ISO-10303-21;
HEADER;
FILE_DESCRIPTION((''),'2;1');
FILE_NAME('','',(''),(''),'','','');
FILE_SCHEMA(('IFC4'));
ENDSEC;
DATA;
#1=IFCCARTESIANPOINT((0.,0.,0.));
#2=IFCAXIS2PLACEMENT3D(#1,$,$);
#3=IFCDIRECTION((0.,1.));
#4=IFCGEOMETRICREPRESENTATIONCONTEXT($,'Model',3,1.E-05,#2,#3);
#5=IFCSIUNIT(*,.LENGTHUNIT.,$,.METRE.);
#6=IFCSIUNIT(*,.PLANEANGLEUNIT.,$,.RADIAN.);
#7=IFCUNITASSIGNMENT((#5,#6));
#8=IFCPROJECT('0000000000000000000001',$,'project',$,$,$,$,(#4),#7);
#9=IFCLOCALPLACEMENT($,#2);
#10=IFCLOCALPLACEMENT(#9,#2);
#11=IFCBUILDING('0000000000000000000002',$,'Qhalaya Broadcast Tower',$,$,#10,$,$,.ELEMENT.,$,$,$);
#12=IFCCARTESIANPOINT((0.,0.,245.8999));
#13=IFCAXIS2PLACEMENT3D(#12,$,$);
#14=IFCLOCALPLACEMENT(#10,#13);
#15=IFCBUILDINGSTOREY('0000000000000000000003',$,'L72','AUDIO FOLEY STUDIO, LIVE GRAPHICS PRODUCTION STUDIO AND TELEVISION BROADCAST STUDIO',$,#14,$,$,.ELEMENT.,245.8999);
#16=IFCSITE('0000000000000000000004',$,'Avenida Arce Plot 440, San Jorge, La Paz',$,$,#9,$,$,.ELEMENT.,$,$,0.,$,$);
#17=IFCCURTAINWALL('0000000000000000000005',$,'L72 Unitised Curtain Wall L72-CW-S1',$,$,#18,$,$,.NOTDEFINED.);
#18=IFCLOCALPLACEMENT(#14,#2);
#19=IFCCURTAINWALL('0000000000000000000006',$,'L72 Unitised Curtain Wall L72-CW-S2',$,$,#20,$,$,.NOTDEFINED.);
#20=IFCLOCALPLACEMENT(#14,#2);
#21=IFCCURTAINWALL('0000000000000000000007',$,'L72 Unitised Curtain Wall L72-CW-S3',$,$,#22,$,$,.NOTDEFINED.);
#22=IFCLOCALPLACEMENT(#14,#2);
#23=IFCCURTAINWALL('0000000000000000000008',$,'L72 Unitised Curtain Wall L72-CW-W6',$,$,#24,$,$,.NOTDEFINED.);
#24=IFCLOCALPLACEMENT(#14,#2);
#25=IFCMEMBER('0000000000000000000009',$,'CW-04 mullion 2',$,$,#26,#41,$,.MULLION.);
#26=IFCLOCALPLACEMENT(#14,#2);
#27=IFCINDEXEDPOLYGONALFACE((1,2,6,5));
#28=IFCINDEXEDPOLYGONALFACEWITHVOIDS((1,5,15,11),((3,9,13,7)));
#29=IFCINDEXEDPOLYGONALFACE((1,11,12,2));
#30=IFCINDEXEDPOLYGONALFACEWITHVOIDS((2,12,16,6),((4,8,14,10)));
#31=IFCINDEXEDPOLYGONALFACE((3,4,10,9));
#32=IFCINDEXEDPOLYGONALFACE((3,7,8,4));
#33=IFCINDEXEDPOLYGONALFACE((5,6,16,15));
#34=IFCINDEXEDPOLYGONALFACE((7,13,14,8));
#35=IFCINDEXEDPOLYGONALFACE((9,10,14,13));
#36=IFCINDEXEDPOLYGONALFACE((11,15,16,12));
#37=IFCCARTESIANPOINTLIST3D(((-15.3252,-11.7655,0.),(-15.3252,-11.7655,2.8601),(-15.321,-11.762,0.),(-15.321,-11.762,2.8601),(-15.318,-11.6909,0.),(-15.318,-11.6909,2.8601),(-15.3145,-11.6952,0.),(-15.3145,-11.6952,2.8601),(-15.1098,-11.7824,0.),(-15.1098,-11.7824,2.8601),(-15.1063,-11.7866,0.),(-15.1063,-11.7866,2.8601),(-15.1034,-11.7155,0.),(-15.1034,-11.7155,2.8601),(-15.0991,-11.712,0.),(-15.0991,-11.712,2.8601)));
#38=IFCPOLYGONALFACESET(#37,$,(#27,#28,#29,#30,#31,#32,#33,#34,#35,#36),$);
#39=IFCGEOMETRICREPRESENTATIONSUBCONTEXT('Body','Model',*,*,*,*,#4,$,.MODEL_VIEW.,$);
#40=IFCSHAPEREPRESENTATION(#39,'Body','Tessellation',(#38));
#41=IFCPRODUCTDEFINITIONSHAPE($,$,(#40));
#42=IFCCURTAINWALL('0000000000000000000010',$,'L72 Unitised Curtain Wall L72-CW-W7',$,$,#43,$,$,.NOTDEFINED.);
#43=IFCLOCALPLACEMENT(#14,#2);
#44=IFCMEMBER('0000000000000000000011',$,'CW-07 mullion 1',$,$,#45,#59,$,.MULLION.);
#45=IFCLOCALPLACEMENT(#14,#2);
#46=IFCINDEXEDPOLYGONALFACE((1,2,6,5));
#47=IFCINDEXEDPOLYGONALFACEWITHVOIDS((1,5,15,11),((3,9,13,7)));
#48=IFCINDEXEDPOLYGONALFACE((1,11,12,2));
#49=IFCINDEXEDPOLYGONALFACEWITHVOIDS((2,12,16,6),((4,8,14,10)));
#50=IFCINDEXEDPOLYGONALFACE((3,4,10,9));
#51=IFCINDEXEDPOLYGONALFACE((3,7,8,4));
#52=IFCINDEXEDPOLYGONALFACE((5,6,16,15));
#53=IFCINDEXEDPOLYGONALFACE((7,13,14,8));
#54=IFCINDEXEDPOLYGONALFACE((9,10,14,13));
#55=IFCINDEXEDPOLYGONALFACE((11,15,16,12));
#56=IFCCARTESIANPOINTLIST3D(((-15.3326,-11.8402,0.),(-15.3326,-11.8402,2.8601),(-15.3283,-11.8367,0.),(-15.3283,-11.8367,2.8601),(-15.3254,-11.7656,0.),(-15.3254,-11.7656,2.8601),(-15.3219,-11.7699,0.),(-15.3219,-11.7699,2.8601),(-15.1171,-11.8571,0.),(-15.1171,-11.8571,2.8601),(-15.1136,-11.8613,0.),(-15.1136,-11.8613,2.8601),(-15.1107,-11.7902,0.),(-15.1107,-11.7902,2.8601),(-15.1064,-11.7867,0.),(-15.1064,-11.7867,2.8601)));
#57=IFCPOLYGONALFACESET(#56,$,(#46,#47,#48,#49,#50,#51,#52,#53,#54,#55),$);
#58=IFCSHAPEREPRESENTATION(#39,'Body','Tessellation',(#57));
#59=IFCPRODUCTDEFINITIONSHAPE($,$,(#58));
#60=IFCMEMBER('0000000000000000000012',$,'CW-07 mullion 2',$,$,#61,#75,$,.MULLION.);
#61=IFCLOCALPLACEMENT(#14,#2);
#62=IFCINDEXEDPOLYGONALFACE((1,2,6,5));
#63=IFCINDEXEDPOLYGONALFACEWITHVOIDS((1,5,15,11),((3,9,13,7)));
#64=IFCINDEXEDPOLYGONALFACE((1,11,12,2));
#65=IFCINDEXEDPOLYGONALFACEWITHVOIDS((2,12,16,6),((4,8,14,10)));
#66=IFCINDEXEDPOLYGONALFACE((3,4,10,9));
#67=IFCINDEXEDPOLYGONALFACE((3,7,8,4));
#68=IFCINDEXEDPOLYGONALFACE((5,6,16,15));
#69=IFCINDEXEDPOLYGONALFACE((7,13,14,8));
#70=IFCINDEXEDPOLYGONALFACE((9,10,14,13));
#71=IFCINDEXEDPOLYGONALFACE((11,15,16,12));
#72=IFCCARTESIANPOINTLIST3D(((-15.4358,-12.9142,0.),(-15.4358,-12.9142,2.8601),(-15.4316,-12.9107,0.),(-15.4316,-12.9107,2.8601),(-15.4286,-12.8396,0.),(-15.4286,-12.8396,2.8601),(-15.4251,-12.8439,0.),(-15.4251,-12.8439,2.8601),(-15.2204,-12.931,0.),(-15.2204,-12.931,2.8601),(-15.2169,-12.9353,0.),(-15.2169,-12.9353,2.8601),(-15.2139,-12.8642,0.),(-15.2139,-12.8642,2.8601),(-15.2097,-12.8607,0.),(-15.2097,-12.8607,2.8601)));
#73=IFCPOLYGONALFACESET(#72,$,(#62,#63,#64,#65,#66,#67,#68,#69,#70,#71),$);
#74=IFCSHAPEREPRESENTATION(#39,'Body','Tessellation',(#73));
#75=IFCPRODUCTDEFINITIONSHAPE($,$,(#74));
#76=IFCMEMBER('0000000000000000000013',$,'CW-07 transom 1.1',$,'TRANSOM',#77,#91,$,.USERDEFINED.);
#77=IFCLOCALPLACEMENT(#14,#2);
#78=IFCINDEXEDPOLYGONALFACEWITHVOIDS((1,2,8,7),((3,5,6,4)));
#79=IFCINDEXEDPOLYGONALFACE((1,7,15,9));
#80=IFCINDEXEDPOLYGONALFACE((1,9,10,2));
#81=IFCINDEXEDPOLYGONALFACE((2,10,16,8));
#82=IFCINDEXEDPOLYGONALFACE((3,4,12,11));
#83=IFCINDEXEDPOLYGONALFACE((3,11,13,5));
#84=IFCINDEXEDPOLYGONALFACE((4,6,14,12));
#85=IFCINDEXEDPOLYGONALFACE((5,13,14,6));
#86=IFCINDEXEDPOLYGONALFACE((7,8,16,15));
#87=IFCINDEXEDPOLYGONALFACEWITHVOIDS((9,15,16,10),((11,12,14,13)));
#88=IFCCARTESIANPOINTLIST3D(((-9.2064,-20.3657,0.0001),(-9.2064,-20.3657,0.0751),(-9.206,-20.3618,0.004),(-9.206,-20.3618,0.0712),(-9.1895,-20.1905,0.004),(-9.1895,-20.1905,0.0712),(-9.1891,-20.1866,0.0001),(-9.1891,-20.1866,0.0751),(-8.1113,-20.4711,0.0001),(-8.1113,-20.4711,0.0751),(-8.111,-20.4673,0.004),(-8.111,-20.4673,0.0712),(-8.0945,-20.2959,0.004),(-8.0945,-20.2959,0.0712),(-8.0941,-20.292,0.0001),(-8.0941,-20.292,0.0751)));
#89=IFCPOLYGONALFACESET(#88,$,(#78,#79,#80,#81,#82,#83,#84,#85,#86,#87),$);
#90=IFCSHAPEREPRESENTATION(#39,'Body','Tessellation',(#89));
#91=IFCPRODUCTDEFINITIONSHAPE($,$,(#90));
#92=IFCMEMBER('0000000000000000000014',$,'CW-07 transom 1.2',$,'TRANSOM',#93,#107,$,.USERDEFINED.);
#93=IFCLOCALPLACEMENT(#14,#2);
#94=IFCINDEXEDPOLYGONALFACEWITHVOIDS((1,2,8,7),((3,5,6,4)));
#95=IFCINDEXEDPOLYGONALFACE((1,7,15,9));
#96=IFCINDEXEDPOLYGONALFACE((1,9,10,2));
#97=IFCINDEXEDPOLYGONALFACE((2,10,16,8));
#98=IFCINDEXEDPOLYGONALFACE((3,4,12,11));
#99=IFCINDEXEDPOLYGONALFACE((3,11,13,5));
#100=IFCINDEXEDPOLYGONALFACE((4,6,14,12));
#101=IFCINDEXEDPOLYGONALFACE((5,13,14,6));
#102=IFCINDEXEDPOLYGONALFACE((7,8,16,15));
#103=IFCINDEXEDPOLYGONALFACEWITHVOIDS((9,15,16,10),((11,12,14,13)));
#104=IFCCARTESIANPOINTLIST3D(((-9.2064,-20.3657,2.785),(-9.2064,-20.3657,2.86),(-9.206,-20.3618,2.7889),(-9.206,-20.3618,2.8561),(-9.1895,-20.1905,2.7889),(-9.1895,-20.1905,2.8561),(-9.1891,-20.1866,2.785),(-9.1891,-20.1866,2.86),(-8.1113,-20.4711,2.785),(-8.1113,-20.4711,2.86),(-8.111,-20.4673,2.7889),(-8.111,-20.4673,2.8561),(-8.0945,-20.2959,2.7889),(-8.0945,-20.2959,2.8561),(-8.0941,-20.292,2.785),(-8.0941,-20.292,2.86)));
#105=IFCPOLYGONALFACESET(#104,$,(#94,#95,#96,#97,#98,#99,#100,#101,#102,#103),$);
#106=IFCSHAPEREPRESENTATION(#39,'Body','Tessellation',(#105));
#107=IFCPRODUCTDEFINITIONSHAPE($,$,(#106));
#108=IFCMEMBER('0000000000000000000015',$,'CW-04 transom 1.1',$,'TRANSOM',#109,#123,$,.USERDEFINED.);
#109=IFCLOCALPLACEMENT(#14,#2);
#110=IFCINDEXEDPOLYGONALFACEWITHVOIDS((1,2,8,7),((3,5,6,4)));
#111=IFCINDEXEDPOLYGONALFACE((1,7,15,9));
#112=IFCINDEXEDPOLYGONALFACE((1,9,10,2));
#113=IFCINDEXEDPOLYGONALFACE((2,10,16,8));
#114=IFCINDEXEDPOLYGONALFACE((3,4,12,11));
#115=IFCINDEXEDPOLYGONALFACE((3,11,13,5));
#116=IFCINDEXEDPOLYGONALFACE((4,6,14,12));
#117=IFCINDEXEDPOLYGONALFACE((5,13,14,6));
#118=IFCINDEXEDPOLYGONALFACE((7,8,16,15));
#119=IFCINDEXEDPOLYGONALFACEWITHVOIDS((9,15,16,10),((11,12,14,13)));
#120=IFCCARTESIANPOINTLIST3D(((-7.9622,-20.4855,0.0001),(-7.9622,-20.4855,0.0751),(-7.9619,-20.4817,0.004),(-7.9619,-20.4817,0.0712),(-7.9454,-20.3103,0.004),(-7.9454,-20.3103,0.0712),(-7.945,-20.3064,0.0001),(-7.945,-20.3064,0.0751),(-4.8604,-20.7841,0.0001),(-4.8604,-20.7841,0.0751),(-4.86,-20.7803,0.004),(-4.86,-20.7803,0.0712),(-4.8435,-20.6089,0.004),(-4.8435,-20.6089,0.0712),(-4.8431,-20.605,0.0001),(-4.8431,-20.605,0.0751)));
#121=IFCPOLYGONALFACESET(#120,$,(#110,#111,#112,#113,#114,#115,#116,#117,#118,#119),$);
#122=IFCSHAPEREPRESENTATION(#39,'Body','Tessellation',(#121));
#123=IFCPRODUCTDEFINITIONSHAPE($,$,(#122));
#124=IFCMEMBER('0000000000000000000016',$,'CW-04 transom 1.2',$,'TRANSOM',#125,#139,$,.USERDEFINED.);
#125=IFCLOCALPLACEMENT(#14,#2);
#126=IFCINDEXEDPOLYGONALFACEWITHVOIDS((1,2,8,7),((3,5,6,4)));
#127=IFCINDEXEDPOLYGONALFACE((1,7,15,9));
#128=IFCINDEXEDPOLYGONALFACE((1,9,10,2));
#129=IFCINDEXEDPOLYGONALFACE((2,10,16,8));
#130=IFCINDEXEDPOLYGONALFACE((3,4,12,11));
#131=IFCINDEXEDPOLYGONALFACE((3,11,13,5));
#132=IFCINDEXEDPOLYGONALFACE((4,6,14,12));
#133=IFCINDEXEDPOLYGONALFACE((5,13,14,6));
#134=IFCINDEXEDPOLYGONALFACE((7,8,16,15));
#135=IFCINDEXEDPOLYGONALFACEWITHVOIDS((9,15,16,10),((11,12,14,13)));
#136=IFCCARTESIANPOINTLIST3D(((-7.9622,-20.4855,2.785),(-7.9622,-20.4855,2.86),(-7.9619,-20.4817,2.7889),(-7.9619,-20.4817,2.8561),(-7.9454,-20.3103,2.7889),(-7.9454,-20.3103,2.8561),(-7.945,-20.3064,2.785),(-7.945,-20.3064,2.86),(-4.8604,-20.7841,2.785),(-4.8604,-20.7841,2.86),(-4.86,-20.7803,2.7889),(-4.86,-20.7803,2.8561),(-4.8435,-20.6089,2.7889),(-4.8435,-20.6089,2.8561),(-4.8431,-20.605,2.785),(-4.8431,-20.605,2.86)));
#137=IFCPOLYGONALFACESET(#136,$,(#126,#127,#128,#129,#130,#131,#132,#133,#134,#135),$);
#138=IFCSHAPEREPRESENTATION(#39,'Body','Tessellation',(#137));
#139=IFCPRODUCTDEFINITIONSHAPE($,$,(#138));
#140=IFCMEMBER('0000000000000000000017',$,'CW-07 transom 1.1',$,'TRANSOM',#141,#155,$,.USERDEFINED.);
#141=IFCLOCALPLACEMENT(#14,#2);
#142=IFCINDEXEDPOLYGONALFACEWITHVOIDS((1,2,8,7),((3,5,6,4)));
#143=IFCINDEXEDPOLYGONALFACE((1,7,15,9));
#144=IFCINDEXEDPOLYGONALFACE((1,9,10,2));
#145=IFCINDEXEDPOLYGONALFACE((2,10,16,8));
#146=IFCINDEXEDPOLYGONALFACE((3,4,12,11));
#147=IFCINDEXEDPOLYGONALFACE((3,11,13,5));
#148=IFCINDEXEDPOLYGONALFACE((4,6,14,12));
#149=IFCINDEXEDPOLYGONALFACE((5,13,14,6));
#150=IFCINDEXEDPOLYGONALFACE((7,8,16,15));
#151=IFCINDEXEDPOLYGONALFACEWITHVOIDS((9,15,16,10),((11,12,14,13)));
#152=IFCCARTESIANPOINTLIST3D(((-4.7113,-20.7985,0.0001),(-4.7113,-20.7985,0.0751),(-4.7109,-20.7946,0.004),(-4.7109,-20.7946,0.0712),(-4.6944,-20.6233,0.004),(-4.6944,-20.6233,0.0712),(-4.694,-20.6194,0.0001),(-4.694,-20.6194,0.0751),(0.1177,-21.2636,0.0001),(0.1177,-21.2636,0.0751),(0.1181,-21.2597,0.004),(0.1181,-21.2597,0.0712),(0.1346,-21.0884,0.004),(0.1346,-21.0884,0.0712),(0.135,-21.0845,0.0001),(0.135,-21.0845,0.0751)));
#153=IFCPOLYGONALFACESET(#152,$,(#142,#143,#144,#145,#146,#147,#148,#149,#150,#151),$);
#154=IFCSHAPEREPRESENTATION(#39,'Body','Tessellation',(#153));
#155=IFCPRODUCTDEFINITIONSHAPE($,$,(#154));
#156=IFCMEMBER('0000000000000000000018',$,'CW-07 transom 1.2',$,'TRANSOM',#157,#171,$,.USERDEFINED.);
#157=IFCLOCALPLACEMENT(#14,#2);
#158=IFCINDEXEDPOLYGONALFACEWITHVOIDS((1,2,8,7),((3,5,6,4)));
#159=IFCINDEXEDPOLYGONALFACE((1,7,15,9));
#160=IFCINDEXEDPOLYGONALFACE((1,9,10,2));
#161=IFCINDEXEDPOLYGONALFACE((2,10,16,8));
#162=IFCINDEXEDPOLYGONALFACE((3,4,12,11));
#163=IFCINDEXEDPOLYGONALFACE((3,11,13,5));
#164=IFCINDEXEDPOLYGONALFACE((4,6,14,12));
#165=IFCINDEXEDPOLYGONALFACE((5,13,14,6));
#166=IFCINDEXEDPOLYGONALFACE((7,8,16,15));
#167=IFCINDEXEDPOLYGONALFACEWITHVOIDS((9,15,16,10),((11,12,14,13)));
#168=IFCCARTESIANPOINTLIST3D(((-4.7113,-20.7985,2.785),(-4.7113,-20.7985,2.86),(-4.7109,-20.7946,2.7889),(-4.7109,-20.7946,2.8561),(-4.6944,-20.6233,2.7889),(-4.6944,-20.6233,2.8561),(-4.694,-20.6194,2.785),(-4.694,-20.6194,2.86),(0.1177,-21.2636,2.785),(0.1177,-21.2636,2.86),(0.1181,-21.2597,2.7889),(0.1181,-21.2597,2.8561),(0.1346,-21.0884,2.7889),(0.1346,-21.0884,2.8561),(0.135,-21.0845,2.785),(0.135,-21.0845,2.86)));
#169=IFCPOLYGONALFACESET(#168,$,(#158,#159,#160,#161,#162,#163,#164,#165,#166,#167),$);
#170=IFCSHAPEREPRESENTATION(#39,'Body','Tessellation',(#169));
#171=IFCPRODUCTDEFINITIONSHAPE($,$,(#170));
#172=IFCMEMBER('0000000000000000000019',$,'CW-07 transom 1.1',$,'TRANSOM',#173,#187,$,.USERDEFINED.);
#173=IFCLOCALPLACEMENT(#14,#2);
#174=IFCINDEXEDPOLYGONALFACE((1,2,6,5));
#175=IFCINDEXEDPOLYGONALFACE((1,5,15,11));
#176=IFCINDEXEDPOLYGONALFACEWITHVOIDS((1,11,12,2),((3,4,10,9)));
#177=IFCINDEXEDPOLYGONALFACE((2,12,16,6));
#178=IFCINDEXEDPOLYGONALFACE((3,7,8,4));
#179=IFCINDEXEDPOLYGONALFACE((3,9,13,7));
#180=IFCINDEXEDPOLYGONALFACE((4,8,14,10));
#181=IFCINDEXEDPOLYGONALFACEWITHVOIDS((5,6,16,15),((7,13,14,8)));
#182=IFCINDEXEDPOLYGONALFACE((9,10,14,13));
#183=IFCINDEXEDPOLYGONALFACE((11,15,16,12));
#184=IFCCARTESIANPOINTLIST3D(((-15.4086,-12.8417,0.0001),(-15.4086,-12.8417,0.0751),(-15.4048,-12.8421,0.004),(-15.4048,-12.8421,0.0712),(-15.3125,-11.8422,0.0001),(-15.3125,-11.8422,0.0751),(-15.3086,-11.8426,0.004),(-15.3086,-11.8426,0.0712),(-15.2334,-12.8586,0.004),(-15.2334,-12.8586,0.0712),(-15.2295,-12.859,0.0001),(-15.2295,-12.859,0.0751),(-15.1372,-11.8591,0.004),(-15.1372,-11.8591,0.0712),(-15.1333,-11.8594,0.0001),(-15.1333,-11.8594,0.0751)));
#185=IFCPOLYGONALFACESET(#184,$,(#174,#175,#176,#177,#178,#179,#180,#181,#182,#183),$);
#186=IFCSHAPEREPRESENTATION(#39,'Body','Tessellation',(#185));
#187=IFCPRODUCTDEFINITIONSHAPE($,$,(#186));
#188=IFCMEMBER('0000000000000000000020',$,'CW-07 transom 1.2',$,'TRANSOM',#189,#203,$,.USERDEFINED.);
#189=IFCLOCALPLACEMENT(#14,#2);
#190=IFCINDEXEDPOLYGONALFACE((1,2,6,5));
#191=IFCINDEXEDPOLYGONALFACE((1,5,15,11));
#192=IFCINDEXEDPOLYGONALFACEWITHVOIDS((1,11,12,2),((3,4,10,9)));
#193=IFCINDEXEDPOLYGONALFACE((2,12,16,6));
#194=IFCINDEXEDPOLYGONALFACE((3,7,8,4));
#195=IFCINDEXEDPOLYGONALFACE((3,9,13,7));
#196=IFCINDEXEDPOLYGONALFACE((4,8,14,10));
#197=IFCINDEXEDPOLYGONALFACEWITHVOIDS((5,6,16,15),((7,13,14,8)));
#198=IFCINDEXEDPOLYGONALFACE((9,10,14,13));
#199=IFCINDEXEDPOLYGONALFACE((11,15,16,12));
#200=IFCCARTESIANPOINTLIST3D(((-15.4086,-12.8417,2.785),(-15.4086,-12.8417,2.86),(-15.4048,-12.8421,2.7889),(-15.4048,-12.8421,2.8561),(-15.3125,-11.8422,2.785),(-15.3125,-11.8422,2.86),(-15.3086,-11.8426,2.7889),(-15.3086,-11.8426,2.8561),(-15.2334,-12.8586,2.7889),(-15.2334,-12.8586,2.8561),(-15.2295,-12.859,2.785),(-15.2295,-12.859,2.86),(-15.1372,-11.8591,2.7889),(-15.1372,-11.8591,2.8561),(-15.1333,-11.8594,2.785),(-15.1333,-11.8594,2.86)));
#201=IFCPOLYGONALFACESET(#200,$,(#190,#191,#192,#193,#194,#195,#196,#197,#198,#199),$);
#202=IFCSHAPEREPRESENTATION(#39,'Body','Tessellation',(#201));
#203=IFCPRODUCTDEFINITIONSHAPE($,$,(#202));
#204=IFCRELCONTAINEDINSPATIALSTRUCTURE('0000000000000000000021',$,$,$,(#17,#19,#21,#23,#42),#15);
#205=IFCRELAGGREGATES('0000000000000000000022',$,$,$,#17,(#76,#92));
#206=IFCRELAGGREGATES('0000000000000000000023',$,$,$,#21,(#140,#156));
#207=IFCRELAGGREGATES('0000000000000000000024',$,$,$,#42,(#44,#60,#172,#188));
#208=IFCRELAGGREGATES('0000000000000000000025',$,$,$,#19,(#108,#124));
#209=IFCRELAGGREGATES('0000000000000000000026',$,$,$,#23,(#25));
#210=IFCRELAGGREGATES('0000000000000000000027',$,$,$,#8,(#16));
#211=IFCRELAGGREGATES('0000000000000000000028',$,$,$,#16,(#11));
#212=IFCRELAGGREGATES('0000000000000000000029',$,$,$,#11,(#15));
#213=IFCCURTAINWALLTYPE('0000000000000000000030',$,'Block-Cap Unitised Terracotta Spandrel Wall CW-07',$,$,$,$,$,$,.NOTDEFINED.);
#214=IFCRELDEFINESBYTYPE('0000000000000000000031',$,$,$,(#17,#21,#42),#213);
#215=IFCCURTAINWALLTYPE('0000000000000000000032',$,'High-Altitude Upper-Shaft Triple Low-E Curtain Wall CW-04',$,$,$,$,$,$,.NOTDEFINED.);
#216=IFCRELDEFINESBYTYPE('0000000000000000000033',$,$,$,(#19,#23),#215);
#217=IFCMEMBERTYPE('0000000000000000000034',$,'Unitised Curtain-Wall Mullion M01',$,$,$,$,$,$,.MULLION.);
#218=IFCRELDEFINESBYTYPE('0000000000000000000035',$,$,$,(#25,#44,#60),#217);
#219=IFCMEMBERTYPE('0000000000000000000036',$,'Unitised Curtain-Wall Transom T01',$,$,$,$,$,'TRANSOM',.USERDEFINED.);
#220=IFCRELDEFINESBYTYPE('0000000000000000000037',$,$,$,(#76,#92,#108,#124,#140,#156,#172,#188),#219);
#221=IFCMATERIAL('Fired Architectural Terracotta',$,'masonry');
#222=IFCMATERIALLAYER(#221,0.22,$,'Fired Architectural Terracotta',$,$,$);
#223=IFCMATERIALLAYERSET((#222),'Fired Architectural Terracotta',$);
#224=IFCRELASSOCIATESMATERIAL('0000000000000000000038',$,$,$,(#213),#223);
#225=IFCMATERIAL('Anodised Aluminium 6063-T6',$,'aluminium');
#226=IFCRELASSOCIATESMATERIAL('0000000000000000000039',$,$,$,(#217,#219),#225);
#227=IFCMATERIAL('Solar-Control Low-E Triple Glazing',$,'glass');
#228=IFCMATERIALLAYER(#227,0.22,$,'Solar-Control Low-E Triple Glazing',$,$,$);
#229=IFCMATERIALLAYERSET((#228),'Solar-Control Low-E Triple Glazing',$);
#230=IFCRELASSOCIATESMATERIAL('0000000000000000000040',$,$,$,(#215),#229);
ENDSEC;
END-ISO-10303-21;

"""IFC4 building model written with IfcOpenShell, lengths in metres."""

from ifc_helpers import new_model, si_unit, direction, frame, origin, origin_2d, place, context, subcontext, project, spatial, hollow_rectangle, extrude, material, layer, layer_set, material_profile, profile_set, type_object, element, aggregate, save


model = new_model("IFC4")

# Units and contexts
model_context = context("Model", 3, precision=1e-05, world=origin(), true_north=direction((0.0, 1.0)))
body_context = subcontext(model_context, "Body", "Model", "MODEL_VIEW")
ifc_project = project(units=[si_unit("LENGTHUNIT", "METRE"), si_unit("PLANEANGLEUNIT", "RADIAN")], contexts=[model_context])

# Site, building, storey
site_placement = place(None, origin())
site = spatial("IfcSite", under=ifc_project, at=site_placement, Name="Avenida Arce Plot 440, San Jorge, La Paz", CompositionType="ELEMENT", RefElevation=0.0)
building_placement = place(site_placement, origin())
building = spatial("IfcBuilding", under=site, at=building_placement, Name="Qhalaya Broadcast Tower", CompositionType="ELEMENT")
storey_placement = place(building_placement, frame((0.0, 0.0, 245.8999)))
storey = spatial("IfcBuildingStorey", under=building, at=storey_placement, Name="L72", Description="AUDIO FOLEY STUDIO, LIVE GRAPHICS PRODUCTION STUDIO AND TELEVISION BROADCAST STUDIO", CompositionType="ELEMENT", Elevation=245.8999)

# Curtain walls
ifc_material_1 = material(Name="Fired Architectural Terracotta", Category="masonry")
ifc_layer_1 = layer(ifc_material_1, 0.22, Name="Fired Architectural Terracotta")
ifc_layer_set_1 = layer_set([ifc_layer_1], Name="Fired Architectural Terracotta")
curtain_wall_type_1 = type_object("IfcCurtainWallType", Name="Block-Cap Unitised Terracotta Spandrel Wall CW-07", PredefinedType="NOTDEFINED", material=ifc_layer_set_1)
curtain_wall_1_placement = place(storey_placement, origin())
curtain_wall_1 = element("IfcCurtainWall", 1, at=curtain_wall_1_placement, inside=storey, type_object=curtain_wall_type_1, Name="L72 Unitised Curtain Wall L72-CW-S1", PredefinedType="NOTDEFINED")
ifc_material_2 = material(Name="Anodised Aluminium 6063-T6", Category="aluminium")
ifc_material_profile_1 = material_profile(ifc_material_2, hollow_rectangle(XDim=0.075, YDim=0.22, WallThickness=0.0039, at=origin_2d()), Name="ALU-MUL 75x220x4")
ifc_profile_set_1 = profile_set([ifc_material_profile_1], Name="Anodised Aluminium 6063-T6")
member_type_1 = type_object("IfcMemberType", Name="Unitised Curtain-Wall Mullion M01", PredefinedType="MULLION", material=ifc_profile_set_1)
ifc_material_3 = material(Name="Solar-Control Low-E Triple Glazing", Category="glass")
ifc_layer_2 = layer(ifc_material_3, 0.22, Name="Solar-Control Low-E Triple Glazing")
ifc_layer_set_2 = layer_set([ifc_layer_2], Name="Solar-Control Low-E Triple Glazing")
curtain_wall_type_2 = type_object("IfcCurtainWallType", Name="High-Altitude Upper-Shaft Triple Low-E Curtain Wall CW-04", PredefinedType="NOTDEFINED", material=ifc_layer_set_2)
curtain_wall_2_placement = place(storey_placement, origin())
curtain_wall_2 = element("IfcCurtainWall", 2, at=curtain_wall_2_placement, inside=storey, type_object=curtain_wall_type_2, Name="L72 Unitised Curtain Wall L72-CW-S2", PredefinedType="NOTDEFINED")
curtain_wall_3_placement = place(storey_placement, origin())
curtain_wall_3 = element("IfcCurtainWall", 3, at=curtain_wall_3_placement, inside=storey, type_object=curtain_wall_type_1, Name="L72 Unitised Curtain Wall L72-CW-S3", PredefinedType="NOTDEFINED")

# Curtain wall, member
curtain_wall_4_placement = place(storey_placement, origin())
curtain_wall_4 = element("IfcCurtainWall", 4, at=curtain_wall_4_placement, inside=storey, type_object=curtain_wall_type_2, Name="L72 Unitised Curtain Wall L72-CW-W6", PredefinedType="NOTDEFINED")
member_1_placement = place(storey_placement, frame((-15.2122, -11.7388, 0.0), z_axis=(0.0, 0.0, 1.0), x_axis=(-0.095839, -0.995397, 0.0)))
member_1 = element("IfcMember", 5, at=member_1_placement, type_object=member_type_1, Name="CW-04 mullion 2", PredefinedType="MULLION", context=body_context, shape_type="SweptSolid", body=[
    extrude(hollow_rectangle(XDim=0.075, YDim=0.22, WallThickness=0.0039, at=origin_2d()), origin(), (0.0, 0.0, 1.0), 2.8601),
])

# Curtain wall, members
curtain_wall_5_placement = place(storey_placement, origin())
curtain_wall_5 = element("IfcCurtainWall", 6, at=curtain_wall_5_placement, inside=storey, type_object=curtain_wall_type_1, Name="L72 Unitised Curtain Wall L72-CW-W7", PredefinedType="NOTDEFINED")
member_2_placement = place(storey_placement, frame((-15.2195, -11.8135, 0.0), z_axis=(0.0, 0.0, 1.0), x_axis=(-0.09584, -0.995397, 0.0)))
member_2 = element("IfcMember", 7, at=member_2_placement, type_object=member_type_1, Name="CW-07 mullion 1", PredefinedType="MULLION", context=body_context, shape_type="SweptSolid", body=[
    extrude(hollow_rectangle(XDim=0.075, YDim=0.22, WallThickness=0.0039, at=origin_2d()), origin(), (0.0, 0.0, 1.0), 2.8601),
])
member_3_placement = place(storey_placement, frame((-15.3228, -12.8875, 0.0), z_axis=(0.0, 0.0, 1.0), x_axis=(-0.09584, -0.995397, 0.0)))
member_3 = element("IfcMember", 8, at=member_3_placement, type_object=member_type_1, Name="CW-07 mullion 2", PredefinedType="MULLION", context=body_context, shape_type="SweptSolid", body=[
    extrude(hollow_rectangle(XDim=0.075, YDim=0.22, WallThickness=0.0039, at=origin_2d()), origin(), (0.0, 0.0, 1.0), 2.8601),
])

# Members
ifc_material_profile_2 = material_profile(ifc_material_2, hollow_rectangle(XDim=0.075, YDim=0.1799, WallThickness=0.0039, at=origin_2d()), Name="ALU-TRN 75x180x4")
ifc_profile_set_2 = profile_set([ifc_material_profile_2], Name="Anodised Aluminium 6063-T6")
member_type_2 = type_object("IfcMemberType", Name="Unitised Curtain-Wall Transom T01", ElementType="TRANSOM", PredefinedType="USERDEFINED", material=ifc_profile_set_2)
member_4_placement = place(storey_placement, frame((-9.1978, -20.2761, 0.0376), z_axis=(0.995393, -0.095877, 0.0), x_axis=(0.0, 0.0, 1.0)))
member_4 = element("IfcMember", 9, at=member_4_placement, type_object=member_type_2, Name="CW-07 transom 1.1", ObjectType="TRANSOM", PredefinedType="USERDEFINED", context=body_context, shape_type="SweptSolid", body=[
    extrude(hollow_rectangle(XDim=0.075, YDim=0.1799, WallThickness=0.0039, at=origin_2d()), origin(), (0.0, 0.0, 1.0), 1.1001),
])
member_5_placement = place(storey_placement, frame((-9.1978, -20.2761, 2.8225), z_axis=(0.995393, -0.095877, 0.0), x_axis=(0.0, 0.0, 1.0)))
member_5 = element("IfcMember", 10, at=member_5_placement, type_object=member_type_2, Name="CW-07 transom 1.2", ObjectType="TRANSOM", PredefinedType="USERDEFINED", context=body_context, shape_type="SweptSolid", body=[
    extrude(hollow_rectangle(XDim=0.075, YDim=0.1799, WallThickness=0.0039, at=origin_2d()), origin(), (0.0, 0.0, 1.0), 1.1001),
])
member_6_placement = place(storey_placement, frame((-7.9536, -20.396, 0.0376), z_axis=(0.995399, -0.095818, 0.0), x_axis=(0.0, 0.0, 1.0)))
member_6 = element("IfcMember", 11, at=member_6_placement, type_object=member_type_2, Name="CW-04 transom 1.1", ObjectType="TRANSOM", PredefinedType="USERDEFINED", context=body_context, shape_type="SweptSolid", body=[
    extrude(hollow_rectangle(XDim=0.075, YDim=0.1799, WallThickness=0.0039, at=origin_2d()), origin(), (0.0, 0.0, 1.0), 3.1162),
])
member_7_placement = place(storey_placement, frame((-7.9536, -20.396, 2.8225), z_axis=(0.995399, -0.095818, 0.0), x_axis=(0.0, 0.0, 1.0)))
member_7 = element("IfcMember", 12, at=member_7_placement, type_object=member_type_2, Name="CW-04 transom 1.2", ObjectType="TRANSOM", PredefinedType="USERDEFINED", context=body_context, shape_type="SweptSolid", body=[
    extrude(hollow_rectangle(XDim=0.075, YDim=0.1799, WallThickness=0.0039, at=origin_2d()), origin(), (0.0, 0.0, 1.0), 3.1162),
])
member_8_placement = place(storey_placement, frame((-4.7026, -20.709, 0.0376), z_axis=(0.995394, -0.095871, 0.0), x_axis=(0.0, 0.0, 1.0)))
member_8 = element("IfcMember", 13, at=member_8_placement, type_object=member_type_2, Name="CW-07 transom 1.1", ObjectType="TRANSOM", PredefinedType="USERDEFINED", context=body_context, shape_type="SweptSolid", body=[
    extrude(hollow_rectangle(XDim=0.075, YDim=0.1799, WallThickness=0.0039, at=origin_2d()), origin(), (0.0, 0.0, 1.0), 4.8513),
])
member_9_placement = place(storey_placement, frame((-4.7026, -20.709, 2.8225), z_axis=(0.995394, -0.095871, 0.0), x_axis=(0.0, 0.0, 1.0)))
member_9 = element("IfcMember", 14, at=member_9_placement, type_object=member_type_2, Name="CW-07 transom 1.2", ObjectType="TRANSOM", PredefinedType="USERDEFINED", context=body_context, shape_type="SweptSolid", body=[
    extrude(hollow_rectangle(XDim=0.075, YDim=0.1799, WallThickness=0.0039, at=origin_2d()), origin(), (0.0, 0.0, 1.0), 4.8513),
])
member_10_placement = place(storey_placement, frame((-15.2229, -11.8508, 0.0376), z_axis=(-0.095796, -0.995401, 0.0), x_axis=(0.0, 0.0, 1.0)))
member_10 = element("IfcMember", 15, at=member_10_placement, type_object=member_type_2, Name="CW-07 transom 1.1", ObjectType="TRANSOM", PredefinedType="USERDEFINED", context=body_context, shape_type="SweptSolid", body=[
    extrude(hollow_rectangle(XDim=0.075, YDim=0.1799, WallThickness=0.0039, at=origin_2d()), origin(), (0.0, 0.0, 1.0), 1.0042),
])
member_11_placement = place(storey_placement, frame((-15.2229, -11.8508, 2.8225), z_axis=(-0.095796, -0.995401, 0.0), x_axis=(0.0, 0.0, 1.0)))
member_11 = element("IfcMember", 16, at=member_11_placement, type_object=member_type_2, Name="CW-07 transom 1.2", ObjectType="TRANSOM", PredefinedType="USERDEFINED", context=body_context, shape_type="SweptSolid", body=[
    extrude(hollow_rectangle(XDim=0.075, YDim=0.1799, WallThickness=0.0039, at=origin_2d()), origin(), (0.0, 0.0, 1.0), 1.0042),
])

aggregate(curtain_wall_1, [member_4, member_5])
aggregate(curtain_wall_3, [member_8, member_9])
aggregate(curtain_wall_5, [member_2, member_3, member_10, member_11])
aggregate(curtain_wall_2, [member_6, member_7])
aggregate(curtain_wall_4, [member_1])

save(model, "model.ifc")
